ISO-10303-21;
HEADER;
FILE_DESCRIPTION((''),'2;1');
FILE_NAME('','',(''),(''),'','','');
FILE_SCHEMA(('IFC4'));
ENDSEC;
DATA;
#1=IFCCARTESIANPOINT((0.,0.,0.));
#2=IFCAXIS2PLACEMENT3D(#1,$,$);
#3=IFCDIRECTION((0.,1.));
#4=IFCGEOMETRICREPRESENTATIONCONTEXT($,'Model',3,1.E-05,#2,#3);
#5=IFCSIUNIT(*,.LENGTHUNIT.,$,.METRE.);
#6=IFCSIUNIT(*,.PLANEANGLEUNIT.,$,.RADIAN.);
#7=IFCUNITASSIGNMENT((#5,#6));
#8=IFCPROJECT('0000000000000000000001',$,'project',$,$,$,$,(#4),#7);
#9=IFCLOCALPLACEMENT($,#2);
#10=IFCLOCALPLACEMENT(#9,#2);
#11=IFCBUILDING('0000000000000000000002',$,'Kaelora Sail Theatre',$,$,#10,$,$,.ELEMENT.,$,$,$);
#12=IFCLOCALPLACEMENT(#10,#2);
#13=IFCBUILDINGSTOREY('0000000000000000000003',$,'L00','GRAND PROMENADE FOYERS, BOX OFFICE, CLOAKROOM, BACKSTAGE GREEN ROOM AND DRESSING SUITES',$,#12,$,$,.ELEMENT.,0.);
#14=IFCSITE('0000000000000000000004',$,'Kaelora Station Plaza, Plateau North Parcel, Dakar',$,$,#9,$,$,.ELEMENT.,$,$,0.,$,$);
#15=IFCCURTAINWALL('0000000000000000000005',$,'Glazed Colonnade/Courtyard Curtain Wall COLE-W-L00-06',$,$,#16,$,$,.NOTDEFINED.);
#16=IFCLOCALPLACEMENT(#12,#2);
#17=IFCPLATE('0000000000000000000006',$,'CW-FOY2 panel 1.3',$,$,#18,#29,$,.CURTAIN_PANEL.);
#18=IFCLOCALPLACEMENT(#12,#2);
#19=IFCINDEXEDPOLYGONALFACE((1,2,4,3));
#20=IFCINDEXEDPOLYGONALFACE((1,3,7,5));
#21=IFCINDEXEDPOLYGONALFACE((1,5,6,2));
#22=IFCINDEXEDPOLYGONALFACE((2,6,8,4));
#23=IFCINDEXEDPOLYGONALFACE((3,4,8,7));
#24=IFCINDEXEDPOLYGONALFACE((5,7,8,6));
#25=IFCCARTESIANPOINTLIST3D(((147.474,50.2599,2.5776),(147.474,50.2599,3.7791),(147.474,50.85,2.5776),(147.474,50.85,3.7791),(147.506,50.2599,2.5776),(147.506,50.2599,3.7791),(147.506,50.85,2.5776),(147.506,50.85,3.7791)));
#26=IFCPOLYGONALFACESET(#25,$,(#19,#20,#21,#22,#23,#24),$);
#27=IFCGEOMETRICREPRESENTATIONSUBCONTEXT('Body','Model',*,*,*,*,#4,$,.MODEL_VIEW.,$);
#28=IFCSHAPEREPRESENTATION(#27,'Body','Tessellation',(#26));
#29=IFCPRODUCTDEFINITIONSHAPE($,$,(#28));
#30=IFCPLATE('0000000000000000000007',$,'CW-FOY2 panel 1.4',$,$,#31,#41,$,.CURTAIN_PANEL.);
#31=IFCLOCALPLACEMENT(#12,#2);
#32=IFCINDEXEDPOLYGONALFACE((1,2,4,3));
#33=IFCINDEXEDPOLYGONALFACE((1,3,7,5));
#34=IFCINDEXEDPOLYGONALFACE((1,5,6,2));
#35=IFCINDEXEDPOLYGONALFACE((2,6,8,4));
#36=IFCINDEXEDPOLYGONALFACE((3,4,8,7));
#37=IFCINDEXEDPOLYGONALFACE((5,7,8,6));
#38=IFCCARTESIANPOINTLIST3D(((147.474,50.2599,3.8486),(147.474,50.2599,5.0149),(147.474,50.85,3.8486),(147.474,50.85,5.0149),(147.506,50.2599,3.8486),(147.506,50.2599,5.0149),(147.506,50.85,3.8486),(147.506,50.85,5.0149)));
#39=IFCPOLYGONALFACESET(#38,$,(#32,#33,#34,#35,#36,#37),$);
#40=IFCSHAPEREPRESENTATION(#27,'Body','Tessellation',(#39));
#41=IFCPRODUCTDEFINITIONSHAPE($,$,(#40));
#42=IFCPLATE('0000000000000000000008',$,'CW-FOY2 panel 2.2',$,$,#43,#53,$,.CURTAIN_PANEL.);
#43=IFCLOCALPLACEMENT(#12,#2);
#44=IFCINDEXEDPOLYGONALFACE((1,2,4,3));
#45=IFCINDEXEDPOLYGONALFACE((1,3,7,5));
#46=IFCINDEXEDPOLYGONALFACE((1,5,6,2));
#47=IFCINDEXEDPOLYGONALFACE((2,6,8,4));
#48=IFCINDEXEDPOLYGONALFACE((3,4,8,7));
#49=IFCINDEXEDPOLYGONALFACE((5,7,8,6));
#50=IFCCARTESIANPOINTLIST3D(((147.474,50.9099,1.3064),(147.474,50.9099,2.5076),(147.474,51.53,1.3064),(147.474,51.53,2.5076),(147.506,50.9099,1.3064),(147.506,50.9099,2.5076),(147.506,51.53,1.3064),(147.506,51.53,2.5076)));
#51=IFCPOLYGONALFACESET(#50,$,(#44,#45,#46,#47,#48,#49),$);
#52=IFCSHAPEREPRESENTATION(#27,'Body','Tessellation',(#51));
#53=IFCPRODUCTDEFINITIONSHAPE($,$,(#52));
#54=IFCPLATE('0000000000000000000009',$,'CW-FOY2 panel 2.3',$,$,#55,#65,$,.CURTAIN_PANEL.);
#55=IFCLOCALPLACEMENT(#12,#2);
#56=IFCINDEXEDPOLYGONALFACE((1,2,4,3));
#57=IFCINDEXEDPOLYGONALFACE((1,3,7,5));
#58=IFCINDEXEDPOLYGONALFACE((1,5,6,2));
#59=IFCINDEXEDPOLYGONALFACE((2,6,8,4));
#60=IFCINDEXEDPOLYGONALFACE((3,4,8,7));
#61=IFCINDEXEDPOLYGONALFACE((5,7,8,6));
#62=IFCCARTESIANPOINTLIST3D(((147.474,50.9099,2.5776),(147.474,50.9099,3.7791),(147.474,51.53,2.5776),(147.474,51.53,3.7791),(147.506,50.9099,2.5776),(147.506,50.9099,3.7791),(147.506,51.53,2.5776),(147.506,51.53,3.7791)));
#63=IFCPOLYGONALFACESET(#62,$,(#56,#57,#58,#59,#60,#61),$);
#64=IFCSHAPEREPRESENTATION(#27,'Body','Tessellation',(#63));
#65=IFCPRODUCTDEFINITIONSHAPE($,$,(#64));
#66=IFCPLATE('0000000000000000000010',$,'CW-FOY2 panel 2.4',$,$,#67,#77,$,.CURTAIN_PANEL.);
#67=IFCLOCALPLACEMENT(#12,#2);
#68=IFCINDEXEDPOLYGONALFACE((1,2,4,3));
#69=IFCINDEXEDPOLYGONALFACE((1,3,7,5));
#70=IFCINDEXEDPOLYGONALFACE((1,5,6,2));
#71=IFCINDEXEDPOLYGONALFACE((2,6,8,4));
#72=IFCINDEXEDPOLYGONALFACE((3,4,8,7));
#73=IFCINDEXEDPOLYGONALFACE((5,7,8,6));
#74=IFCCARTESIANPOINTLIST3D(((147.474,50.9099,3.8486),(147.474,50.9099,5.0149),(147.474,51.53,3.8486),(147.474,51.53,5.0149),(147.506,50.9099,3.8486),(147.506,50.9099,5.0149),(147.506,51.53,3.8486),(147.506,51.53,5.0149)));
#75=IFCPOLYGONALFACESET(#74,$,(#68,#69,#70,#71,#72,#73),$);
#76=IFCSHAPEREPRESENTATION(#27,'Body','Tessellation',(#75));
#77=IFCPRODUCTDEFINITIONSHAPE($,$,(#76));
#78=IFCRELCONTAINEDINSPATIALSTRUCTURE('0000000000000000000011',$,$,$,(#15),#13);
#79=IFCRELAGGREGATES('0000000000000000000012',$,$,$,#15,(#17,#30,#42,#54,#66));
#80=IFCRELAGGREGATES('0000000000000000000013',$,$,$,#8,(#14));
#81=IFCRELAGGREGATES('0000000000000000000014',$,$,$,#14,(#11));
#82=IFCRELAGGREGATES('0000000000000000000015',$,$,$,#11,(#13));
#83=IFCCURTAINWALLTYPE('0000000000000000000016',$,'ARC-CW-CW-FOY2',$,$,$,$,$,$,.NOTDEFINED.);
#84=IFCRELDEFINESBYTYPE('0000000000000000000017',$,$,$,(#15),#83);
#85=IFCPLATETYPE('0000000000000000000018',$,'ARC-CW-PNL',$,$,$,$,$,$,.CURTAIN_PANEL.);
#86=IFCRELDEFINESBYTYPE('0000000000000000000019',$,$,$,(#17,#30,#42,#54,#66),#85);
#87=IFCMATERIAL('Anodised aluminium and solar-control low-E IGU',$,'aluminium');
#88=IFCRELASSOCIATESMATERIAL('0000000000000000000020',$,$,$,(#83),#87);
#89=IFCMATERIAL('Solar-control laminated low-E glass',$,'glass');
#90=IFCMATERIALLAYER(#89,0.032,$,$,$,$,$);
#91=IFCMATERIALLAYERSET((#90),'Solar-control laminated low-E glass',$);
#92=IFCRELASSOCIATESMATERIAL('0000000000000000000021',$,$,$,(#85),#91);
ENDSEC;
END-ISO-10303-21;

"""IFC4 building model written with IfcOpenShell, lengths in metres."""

from ifc_helpers import new_model, si_unit, direction, frame, origin, origin_2d, place, context, subcontext, project, spatial, rectangle, extrude, material, layer, layer_set, type_object, element, aggregate, save


model = new_model("IFC4")

# Units and contexts
model_context = context("Model", 3, precision=1e-05, world=origin(), true_north=direction((0.0, 1.0)))
body_context = subcontext(model_context, "Body", "Model", "MODEL_VIEW")
ifc_project = project(units=[si_unit("LENGTHUNIT", "METRE"), si_unit("PLANEANGLEUNIT", "RADIAN")], contexts=[model_context])

# Site, building, storey
site_placement = place(None, origin())
site = spatial("IfcSite", under=ifc_project, at=site_placement, Name="Kaelora Station Plaza, Plateau North Parcel, Dakar", CompositionType="ELEMENT", RefElevation=0.0)
building_placement = place(site_placement, origin())
building = spatial("IfcBuilding", under=site, at=building_placement, Name="Kaelora Sail Theatre", CompositionType="ELEMENT")
storey_placement = place(building_placement, origin())
storey = spatial("IfcBuildingStorey", under=building, at=storey_placement, Name="L00", Description="GRAND PROMENADE FOYERS, BOX OFFICE, CLOAKROOM, BACKSTAGE GREEN ROOM AND DRESSING SUITES", CompositionType="ELEMENT", Elevation=0.0)

# Curtain wall
ifc_material_1 = material(Name="Anodised aluminium and solar-control low-E IGU", Category="aluminium")
curtain_wall_type = type_object("IfcCurtainWallType", Name="ARC-CW-CW-FOY2", PredefinedType="NOTDEFINED", material=ifc_material_1)
curtain_wall_1_placement = place(storey_placement, origin())
curtain_wall_1 = element("IfcCurtainWall", 1, at=curtain_wall_1_placement, inside=storey, type_object=curtain_wall_type, Name="Glazed Colonnade/Courtyard Curtain Wall COLE-W-L00-06", PredefinedType="NOTDEFINED")

# Plates
ifc_material_2 = material(Name="Solar-control laminated low-E glass", Category="glass")
ifc_layer = layer(ifc_material_2, 0.032)
ifc_layer_set = layer_set([ifc_layer], Name="Solar-control laminated low-E glass")
plate_type = type_object("IfcPlateType", Name="ARC-CW-PNL", PredefinedType="CURTAIN_PANEL", material=ifc_layer_set)
plate_1_placement = place(storey_placement, frame((147.49, 50.5549, 2.5776), z_axis=(0.0, 0.0, 1.0), x_axis=(0.0, 1.0, 0.0)))
plate_1 = element("IfcPlate", 2, at=plate_1_placement, type_object=plate_type, Name="CW-FOY2 panel 1.3", PredefinedType="CURTAIN_PANEL", context=body_context, shape_type="SweptSolid", body=[
    extrude(rectangle(XDim=0.5901, YDim=0.032, at=origin_2d()), origin(), (0.0, 0.0, 1.0), 1.2014),
])
plate_2_placement = place(storey_placement, frame((147.49, 50.5549, 3.8486), z_axis=(0.0, 0.0, 1.0), x_axis=(0.0, 1.0, 0.0)))
plate_2 = element("IfcPlate", 3, at=plate_2_placement, type_object=plate_type, Name="CW-FOY2 panel 1.4", PredefinedType="CURTAIN_PANEL", context=body_context, shape_type="SweptSolid", body=[
    extrude(rectangle(XDim=0.5901, YDim=0.032, at=origin_2d()), origin(), (0.0, 0.0, 1.0), 1.1663),
])
plate_3_placement = place(storey_placement, frame((147.49, 51.22, 1.3064), z_axis=(0.0, 0.0, 1.0), x_axis=(0.0, 1.0, 0.0)))
plate_3 = element("IfcPlate", 4, at=plate_3_placement, type_object=plate_type, Name="CW-FOY2 panel 2.2", PredefinedType="CURTAIN_PANEL", context=body_context, shape_type="SweptSolid", body=[
    extrude(rectangle(XDim=0.6201, YDim=0.032, at=origin_2d()), origin(), (0.0, 0.0, 1.0), 1.2012),
])
plate_4_placement = place(storey_placement, frame((147.49, 51.22, 2.5776), z_axis=(0.0, 0.0, 1.0), x_axis=(0.0, 1.0, 0.0)))
plate_4 = element("IfcPlate", 5, at=plate_4_placement, type_object=plate_type, Name="CW-FOY2 panel 2.3", PredefinedType="CURTAIN_PANEL", context=body_context, shape_type="SweptSolid", body=[
    extrude(rectangle(XDim=0.6201, YDim=0.032, at=origin_2d()), origin(), (0.0, 0.0, 1.0), 1.2014),
])
plate_5_placement = place(storey_placement, frame((147.49, 51.22, 3.8486), z_axis=(0.0, 0.0, 1.0), x_axis=(0.0, 1.0, 0.0)))
plate_5 = element("IfcPlate", 6, at=plate_5_placement, type_object=plate_type, Name="CW-FOY2 panel 2.4", PredefinedType="CURTAIN_PANEL", context=body_context, shape_type="SweptSolid", body=[
    extrude(rectangle(XDim=0.6201, YDim=0.032, at=origin_2d()), origin(), (0.0, 0.0, 1.0), 1.1663),
])
aggregate(curtain_wall_1, [plate_1, plate_2, plate_3, plate_4, plate_5])

save(model, "model.ifc")
